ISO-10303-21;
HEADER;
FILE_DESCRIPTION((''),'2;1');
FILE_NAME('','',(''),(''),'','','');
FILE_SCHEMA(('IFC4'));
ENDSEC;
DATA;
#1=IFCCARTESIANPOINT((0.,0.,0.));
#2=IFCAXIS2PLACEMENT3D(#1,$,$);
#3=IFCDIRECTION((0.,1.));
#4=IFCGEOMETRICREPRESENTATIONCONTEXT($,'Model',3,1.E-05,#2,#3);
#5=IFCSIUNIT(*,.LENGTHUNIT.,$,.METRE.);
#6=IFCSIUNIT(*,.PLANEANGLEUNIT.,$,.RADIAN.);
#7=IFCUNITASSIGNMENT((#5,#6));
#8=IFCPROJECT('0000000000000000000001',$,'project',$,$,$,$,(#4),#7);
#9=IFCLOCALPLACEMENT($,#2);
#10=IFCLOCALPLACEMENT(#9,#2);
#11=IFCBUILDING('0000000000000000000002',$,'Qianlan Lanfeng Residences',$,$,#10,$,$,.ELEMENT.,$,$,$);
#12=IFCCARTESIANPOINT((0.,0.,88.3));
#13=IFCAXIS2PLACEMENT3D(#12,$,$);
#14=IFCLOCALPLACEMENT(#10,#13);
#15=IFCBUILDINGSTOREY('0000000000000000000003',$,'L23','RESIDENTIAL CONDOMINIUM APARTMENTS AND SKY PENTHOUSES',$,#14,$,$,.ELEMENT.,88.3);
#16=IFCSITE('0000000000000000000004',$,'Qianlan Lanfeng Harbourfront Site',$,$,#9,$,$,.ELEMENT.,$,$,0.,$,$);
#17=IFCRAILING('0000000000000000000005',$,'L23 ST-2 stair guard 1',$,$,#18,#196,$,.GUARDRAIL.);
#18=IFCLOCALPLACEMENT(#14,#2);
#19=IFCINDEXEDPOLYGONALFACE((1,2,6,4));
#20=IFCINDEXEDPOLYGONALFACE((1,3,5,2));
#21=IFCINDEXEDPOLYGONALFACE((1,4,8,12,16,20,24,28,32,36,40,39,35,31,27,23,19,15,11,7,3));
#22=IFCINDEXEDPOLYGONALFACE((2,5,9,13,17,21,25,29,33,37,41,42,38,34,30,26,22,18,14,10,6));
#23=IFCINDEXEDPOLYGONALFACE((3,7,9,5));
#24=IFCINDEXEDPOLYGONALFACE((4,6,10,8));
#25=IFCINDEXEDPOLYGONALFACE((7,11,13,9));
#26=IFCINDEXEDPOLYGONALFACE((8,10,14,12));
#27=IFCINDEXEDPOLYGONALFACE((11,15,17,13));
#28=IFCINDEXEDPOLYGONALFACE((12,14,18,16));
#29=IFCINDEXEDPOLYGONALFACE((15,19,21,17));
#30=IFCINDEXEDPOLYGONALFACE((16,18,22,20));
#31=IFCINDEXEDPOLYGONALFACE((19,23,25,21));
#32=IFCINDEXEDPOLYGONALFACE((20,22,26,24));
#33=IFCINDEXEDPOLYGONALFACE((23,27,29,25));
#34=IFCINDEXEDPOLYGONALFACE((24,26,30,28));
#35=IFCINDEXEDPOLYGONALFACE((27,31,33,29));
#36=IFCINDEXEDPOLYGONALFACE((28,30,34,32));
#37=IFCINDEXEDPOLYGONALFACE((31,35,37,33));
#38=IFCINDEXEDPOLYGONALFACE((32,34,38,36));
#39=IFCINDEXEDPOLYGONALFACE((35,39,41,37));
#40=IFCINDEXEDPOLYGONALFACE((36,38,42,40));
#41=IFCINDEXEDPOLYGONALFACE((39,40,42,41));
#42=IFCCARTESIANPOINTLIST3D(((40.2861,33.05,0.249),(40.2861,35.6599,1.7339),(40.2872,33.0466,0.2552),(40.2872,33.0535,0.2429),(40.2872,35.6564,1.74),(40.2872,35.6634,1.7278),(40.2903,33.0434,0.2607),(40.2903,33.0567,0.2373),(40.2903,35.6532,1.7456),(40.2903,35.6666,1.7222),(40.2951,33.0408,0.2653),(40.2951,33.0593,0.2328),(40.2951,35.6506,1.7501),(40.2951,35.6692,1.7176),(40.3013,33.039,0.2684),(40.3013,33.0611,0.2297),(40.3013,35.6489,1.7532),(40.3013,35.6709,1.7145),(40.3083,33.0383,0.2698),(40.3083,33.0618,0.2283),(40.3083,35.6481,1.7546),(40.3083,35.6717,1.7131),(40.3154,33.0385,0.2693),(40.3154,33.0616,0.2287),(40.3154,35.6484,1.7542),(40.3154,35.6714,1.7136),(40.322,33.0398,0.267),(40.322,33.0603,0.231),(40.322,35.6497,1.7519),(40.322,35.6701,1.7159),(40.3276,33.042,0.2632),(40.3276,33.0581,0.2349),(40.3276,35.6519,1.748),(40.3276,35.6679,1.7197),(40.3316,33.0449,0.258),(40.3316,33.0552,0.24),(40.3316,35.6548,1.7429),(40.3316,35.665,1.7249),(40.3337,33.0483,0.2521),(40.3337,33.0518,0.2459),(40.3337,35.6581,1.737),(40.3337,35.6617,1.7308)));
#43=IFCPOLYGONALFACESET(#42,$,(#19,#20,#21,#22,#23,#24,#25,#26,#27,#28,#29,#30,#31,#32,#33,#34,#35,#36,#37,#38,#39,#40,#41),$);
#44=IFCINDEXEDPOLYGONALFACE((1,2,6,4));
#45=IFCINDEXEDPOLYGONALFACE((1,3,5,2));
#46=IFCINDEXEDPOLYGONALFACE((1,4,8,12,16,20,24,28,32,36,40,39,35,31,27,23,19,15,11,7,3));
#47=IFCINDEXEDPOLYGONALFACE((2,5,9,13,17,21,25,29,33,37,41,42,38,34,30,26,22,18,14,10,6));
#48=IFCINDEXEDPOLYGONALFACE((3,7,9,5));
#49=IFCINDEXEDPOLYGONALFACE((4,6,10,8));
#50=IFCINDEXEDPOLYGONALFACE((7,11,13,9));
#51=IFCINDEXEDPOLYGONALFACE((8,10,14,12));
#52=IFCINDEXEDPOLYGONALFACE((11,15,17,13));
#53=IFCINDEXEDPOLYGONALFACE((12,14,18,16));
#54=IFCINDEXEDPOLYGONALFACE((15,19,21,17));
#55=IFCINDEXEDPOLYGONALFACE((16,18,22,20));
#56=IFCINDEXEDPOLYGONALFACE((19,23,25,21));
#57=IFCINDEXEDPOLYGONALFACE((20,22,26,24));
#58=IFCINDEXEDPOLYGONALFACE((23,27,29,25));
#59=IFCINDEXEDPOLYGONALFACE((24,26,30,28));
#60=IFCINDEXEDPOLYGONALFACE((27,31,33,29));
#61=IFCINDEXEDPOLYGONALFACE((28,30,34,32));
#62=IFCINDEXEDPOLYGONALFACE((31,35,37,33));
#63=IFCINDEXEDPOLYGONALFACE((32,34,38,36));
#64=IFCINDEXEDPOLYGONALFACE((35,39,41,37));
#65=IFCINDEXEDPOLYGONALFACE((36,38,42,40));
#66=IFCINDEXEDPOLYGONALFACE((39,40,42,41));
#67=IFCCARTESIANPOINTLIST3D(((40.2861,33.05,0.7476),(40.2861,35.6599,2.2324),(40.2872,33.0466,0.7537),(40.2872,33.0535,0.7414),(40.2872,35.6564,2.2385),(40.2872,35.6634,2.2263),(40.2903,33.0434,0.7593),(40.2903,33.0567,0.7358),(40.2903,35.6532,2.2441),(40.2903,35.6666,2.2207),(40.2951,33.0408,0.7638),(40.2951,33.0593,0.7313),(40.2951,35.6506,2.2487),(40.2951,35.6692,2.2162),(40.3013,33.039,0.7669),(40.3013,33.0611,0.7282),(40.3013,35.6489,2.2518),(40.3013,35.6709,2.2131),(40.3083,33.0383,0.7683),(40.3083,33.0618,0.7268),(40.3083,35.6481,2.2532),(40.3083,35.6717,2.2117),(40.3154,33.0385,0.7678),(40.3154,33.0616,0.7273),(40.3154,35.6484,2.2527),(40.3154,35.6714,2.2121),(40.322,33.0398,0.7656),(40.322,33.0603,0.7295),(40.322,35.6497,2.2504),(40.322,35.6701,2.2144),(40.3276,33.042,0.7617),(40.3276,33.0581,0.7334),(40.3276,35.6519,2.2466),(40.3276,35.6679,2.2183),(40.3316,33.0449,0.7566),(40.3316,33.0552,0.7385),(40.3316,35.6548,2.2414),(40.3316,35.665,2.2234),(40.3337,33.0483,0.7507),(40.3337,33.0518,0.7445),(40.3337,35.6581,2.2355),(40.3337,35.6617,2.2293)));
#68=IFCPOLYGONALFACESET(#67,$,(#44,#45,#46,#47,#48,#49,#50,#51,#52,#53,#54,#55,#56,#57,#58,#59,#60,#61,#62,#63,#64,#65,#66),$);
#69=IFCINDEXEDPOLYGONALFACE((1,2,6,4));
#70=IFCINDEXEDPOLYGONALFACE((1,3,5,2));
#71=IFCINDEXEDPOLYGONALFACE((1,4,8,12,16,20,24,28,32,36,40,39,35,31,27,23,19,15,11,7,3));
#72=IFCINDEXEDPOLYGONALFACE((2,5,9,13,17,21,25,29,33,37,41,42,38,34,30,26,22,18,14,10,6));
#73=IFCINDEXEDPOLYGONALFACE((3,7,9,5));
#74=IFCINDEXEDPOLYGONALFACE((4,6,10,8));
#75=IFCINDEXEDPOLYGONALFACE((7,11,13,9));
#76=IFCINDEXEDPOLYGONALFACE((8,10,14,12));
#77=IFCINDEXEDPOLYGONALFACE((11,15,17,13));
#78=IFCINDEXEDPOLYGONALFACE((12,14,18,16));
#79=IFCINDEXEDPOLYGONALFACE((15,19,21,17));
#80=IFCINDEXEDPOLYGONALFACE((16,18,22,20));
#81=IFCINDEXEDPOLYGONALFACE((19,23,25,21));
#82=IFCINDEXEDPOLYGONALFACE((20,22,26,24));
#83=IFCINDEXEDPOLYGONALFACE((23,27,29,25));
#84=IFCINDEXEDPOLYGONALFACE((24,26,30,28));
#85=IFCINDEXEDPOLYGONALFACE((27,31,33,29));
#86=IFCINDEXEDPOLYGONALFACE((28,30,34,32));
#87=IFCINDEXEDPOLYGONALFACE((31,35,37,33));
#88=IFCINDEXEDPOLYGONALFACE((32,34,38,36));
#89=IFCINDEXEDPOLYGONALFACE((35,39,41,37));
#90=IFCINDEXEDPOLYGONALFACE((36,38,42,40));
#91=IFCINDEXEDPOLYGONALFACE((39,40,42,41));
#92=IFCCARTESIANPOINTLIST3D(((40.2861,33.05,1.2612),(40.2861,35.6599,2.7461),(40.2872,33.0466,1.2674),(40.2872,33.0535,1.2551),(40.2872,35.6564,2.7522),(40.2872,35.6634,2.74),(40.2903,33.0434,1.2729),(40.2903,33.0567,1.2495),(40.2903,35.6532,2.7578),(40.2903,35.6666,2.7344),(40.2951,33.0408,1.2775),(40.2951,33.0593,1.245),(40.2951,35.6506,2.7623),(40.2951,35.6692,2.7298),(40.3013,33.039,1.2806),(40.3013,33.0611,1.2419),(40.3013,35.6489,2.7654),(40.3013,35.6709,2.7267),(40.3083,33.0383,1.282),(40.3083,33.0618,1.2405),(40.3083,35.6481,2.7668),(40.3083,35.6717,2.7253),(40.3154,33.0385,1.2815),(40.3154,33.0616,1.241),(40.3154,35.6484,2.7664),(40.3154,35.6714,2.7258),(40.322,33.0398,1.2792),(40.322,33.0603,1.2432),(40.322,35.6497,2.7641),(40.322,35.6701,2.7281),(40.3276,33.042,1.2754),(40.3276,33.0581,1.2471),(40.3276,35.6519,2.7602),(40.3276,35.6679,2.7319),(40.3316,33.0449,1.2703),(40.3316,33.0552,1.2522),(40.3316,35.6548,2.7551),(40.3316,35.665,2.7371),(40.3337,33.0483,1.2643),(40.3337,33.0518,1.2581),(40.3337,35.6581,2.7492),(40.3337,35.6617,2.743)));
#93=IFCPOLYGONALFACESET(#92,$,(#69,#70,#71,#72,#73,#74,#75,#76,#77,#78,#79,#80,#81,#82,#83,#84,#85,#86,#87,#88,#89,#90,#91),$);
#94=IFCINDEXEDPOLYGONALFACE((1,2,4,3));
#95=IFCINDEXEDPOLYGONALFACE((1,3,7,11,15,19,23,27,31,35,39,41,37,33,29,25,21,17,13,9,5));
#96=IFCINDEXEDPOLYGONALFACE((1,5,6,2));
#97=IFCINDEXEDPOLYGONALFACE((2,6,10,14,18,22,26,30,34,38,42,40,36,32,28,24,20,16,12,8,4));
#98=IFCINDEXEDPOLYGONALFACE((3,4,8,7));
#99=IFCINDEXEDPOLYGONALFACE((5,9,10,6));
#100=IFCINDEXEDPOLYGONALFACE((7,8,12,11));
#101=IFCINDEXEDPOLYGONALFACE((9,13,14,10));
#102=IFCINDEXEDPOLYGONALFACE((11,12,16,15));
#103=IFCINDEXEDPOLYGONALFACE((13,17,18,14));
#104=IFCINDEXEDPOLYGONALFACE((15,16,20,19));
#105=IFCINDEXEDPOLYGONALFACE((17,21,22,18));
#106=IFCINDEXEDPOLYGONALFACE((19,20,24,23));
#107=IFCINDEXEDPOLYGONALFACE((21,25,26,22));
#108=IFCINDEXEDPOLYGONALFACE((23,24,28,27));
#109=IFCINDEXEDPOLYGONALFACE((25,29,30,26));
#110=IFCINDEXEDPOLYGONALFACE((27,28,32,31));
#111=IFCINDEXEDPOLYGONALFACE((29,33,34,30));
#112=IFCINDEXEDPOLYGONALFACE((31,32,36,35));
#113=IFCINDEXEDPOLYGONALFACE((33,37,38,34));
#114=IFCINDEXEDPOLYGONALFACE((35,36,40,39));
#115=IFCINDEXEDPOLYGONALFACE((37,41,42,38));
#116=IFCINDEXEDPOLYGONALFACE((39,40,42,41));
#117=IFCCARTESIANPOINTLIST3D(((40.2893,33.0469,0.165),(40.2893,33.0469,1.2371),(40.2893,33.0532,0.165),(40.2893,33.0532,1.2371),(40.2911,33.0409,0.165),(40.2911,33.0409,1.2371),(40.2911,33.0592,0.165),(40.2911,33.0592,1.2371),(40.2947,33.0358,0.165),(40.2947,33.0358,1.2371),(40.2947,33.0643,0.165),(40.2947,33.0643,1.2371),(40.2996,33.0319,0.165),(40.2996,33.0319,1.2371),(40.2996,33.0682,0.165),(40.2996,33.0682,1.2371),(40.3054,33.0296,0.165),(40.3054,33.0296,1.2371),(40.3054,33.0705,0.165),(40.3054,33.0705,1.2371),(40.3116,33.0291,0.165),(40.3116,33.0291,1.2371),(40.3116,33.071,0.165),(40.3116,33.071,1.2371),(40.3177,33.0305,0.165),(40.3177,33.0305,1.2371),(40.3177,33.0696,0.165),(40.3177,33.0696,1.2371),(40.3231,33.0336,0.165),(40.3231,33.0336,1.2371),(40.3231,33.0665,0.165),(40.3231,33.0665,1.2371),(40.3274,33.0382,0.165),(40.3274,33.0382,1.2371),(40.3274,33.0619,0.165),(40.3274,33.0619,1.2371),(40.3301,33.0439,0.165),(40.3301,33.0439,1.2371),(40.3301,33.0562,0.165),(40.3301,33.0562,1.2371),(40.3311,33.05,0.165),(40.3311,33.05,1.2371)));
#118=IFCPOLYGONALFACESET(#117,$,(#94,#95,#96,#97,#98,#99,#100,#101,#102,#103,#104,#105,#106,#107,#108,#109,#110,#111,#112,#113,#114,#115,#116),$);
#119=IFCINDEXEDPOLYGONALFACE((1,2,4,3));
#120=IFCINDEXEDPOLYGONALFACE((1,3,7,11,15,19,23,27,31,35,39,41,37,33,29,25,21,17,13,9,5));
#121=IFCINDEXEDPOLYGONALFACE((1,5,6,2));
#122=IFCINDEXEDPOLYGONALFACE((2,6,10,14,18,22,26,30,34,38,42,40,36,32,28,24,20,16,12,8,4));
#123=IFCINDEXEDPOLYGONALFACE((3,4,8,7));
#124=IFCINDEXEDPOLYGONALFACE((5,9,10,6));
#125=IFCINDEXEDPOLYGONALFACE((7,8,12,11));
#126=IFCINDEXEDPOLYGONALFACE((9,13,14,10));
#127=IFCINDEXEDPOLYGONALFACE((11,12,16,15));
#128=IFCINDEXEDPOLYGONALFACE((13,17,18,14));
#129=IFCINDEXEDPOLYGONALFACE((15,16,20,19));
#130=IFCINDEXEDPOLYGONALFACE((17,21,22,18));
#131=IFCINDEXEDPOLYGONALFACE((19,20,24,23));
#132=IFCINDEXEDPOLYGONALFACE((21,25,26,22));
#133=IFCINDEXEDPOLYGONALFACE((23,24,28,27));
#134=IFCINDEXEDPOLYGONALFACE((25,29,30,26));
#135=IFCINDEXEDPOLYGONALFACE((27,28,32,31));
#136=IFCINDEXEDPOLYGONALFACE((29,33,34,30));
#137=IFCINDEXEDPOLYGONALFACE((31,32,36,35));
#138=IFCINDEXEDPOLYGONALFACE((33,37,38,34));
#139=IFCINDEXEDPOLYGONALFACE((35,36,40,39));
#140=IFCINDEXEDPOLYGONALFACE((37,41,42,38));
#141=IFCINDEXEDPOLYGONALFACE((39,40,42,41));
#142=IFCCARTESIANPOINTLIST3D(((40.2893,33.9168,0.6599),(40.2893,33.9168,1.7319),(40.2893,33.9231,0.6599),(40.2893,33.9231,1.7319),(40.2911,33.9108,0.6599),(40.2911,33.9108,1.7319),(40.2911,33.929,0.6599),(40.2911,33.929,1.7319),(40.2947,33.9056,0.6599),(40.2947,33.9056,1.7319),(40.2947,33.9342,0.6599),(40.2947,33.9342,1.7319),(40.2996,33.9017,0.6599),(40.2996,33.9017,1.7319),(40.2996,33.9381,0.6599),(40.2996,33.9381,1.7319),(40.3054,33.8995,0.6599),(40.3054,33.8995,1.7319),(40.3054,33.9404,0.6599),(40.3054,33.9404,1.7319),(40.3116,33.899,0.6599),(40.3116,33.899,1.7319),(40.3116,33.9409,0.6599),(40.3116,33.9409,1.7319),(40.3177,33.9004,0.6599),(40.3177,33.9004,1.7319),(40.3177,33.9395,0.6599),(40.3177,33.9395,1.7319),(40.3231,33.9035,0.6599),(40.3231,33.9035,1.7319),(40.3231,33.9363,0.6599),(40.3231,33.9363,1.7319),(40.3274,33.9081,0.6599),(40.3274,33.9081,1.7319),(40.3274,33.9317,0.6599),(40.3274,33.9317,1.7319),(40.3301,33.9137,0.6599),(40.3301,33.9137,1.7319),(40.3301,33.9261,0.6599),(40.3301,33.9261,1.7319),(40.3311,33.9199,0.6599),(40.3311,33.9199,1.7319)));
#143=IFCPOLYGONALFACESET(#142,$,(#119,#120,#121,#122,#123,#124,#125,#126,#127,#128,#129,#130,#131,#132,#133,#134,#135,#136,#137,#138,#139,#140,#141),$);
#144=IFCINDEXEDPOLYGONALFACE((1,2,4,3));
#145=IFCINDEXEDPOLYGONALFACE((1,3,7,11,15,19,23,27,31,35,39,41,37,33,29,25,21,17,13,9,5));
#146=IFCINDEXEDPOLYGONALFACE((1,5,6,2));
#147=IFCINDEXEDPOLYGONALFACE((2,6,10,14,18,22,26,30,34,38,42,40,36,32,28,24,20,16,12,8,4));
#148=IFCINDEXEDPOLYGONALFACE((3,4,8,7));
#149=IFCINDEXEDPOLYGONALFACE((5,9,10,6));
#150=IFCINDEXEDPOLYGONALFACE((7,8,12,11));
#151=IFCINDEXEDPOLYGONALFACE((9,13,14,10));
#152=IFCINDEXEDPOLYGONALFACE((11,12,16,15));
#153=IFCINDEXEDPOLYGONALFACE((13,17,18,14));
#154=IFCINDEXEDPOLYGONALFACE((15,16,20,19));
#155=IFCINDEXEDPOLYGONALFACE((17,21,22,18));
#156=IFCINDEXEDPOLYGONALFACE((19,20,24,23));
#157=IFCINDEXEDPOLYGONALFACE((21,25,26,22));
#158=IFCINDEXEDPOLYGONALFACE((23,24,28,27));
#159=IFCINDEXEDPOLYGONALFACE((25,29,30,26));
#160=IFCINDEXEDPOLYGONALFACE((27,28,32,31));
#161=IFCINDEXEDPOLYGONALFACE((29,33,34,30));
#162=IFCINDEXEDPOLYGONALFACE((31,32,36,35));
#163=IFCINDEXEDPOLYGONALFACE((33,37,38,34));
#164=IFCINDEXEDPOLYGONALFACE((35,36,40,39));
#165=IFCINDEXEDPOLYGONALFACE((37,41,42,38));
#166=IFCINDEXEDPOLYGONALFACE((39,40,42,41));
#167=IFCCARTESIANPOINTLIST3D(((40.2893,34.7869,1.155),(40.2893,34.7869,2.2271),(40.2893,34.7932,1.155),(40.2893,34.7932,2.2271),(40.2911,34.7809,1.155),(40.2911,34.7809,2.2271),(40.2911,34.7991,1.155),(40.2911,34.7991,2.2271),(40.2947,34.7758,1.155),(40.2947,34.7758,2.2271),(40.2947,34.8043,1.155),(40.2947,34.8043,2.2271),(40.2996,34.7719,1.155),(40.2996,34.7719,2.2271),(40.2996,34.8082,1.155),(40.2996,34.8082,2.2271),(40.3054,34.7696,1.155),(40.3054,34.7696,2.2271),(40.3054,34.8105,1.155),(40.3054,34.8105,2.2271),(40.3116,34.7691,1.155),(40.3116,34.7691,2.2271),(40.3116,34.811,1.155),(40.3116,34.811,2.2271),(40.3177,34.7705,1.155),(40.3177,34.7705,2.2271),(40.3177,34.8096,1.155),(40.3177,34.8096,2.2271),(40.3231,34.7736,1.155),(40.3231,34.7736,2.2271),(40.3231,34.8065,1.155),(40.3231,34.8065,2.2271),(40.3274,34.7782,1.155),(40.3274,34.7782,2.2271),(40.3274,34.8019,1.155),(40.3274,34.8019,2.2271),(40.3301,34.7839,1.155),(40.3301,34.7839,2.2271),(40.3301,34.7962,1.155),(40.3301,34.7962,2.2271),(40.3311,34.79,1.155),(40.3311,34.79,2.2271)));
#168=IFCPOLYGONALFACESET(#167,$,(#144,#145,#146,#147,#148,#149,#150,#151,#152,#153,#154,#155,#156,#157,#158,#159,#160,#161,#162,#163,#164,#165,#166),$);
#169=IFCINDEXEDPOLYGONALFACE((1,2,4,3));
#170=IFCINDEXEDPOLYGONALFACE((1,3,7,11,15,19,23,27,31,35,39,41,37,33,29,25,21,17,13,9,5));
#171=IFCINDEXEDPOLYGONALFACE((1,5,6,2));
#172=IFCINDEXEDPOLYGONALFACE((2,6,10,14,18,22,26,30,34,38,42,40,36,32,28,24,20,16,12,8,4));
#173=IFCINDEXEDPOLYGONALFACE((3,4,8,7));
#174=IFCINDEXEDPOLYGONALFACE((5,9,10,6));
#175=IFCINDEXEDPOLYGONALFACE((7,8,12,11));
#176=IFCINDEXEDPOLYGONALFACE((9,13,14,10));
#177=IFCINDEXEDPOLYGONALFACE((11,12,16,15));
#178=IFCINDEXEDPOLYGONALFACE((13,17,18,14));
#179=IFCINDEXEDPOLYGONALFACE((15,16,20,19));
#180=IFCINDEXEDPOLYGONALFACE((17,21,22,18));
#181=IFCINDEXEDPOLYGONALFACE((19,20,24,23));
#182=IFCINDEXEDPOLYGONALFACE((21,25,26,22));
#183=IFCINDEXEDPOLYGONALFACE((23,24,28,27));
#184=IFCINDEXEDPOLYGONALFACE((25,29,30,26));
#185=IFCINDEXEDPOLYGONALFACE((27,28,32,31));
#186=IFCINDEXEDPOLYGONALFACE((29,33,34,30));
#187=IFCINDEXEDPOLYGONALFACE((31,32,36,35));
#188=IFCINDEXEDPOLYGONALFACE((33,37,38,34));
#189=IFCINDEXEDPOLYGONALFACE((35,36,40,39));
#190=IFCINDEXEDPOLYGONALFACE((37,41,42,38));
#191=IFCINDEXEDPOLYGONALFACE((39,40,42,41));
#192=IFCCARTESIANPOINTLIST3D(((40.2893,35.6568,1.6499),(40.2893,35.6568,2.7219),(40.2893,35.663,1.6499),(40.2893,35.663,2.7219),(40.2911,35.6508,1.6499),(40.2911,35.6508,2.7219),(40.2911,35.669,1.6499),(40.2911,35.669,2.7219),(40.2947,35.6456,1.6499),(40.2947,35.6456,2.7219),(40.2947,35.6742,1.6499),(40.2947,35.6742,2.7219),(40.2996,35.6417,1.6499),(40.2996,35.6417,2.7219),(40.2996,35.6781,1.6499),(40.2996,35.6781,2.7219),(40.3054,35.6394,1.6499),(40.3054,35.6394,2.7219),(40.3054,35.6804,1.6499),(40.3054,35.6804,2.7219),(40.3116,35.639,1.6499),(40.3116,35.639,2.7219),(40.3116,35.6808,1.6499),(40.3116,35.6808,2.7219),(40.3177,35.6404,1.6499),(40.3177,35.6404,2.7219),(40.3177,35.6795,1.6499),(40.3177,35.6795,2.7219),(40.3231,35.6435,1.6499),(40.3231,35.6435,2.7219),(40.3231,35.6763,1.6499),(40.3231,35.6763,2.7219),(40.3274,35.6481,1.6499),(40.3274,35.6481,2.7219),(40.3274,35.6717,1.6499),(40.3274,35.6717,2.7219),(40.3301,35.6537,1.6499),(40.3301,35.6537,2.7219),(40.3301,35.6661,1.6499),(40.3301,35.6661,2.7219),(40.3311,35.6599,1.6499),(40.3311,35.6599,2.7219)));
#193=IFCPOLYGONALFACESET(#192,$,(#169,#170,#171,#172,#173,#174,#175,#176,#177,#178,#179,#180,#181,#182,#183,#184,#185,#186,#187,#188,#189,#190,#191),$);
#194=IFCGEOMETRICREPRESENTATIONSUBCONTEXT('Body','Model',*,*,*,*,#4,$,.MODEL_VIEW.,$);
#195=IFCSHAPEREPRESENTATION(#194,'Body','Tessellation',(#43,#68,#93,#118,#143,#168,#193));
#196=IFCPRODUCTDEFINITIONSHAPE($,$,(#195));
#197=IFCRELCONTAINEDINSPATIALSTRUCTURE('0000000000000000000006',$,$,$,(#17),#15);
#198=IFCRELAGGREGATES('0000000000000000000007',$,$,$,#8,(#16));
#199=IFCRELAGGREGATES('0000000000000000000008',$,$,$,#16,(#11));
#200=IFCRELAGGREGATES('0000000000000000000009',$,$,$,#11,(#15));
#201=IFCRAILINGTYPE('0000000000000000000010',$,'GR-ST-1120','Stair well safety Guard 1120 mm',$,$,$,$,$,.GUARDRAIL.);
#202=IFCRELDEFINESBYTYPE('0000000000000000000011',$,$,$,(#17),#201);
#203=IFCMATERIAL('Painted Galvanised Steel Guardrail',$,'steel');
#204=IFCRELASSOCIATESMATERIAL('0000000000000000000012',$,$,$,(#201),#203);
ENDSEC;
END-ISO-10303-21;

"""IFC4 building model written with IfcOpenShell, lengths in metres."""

from ifc_helpers import new_model, si_unit, direction, frame, origin, origin_2d, place, context, subcontext, project, spatial, circle, extrude, material, type_object, element, save


model = new_model("IFC4")

# Units and contexts
model_context = context("Model", 3, precision=1e-05, world=origin(), true_north=direction((0.0, 1.0)))
body_context = subcontext(model_context, "Body", "Model", "MODEL_VIEW")
ifc_project = project(units=[si_unit("LENGTHUNIT", "METRE"), si_unit("PLANEANGLEUNIT", "RADIAN")], contexts=[model_context])

# Site, building, storey
site_placement = place(None, origin())
site = spatial("IfcSite", under=ifc_project, at=site_placement, Name="Qianlan Lanfeng Harbourfront Site", CompositionType="ELEMENT", RefElevation=0.0)
building_placement = place(site_placement, origin())
building = spatial("IfcBuilding", under=site, at=building_placement, Name="Qianlan Lanfeng Residences", CompositionType="ELEMENT")
storey_placement = place(building_placement, frame((0.0, 0.0, 88.3)))
storey = spatial("IfcBuildingStorey", under=building, at=storey_placement, Name="L23", Description="RESIDENTIAL CONDOMINIUM APARTMENTS AND SKY PENTHOUSES", CompositionType="ELEMENT", Elevation=88.3)

# Railing
ifc_material_1 = material(Name="Painted Galvanised Steel Guardrail", Category="steel")
railing_type_1 = type_object("IfcRailingType", Name="GR-ST-1120", Description="Stair well safety Guard 1120 mm", PredefinedType="GUARDRAIL", material=ifc_material_1)
railing_1_placement = place(storey_placement, frame((40.3101, 33.05, 0.165)))
element("IfcRailing", 1, at=railing_1_placement, inside=storey, type_object=railing_type_1, Name="L23 ST-2 stair guard 1", PredefinedType="GUARDRAIL", context=body_context, shape_type="SweptSolid", body=[
    extrude(circle(Radius=0.0239, at=origin_2d()), frame((0.0, 0.0, 0.084), z_axis=(0.0, 0.869172, 0.494509), x_axis=(-1.0, 0.0, 0.0)), (0.0, 0.0, 1.0), 3.0027),
    extrude(circle(Radius=0.0239, at=origin_2d()), frame((0.0, 0.0, 0.5825), z_axis=(0.0, 0.869172, 0.494509), x_axis=(-1.0, 0.0, 0.0)), (0.0, 0.0, 1.0), 3.0027),
    extrude(circle(Radius=0.0239, at=origin_2d()), frame((0.0, 0.0, 1.0962), z_axis=(0.0, 0.869172, 0.494509), x_axis=(-1.0, 0.0, 0.0)), (0.0, 0.0, 1.0), 3.0027),
    extrude(circle(Radius=0.021, at=origin_2d()), origin(), (0.0, 0.0, 1.0), 1.072),
    extrude(circle(Radius=0.021, at=origin_2d()), frame((0.0, 0.8699, 0.4949)), (0.0, 0.0, 1.0), 1.072),
    extrude(circle(Radius=0.021, at=origin_2d()), frame((0.0, 1.74, 0.99)), (0.0, 0.0, 1.0), 1.072),
    extrude(circle(Radius=0.021, at=origin_2d()), frame((0.0, 2.6099, 1.4849)), (0.0, 0.0, 1.0), 1.072),
])

save(model, "model.ifc")
